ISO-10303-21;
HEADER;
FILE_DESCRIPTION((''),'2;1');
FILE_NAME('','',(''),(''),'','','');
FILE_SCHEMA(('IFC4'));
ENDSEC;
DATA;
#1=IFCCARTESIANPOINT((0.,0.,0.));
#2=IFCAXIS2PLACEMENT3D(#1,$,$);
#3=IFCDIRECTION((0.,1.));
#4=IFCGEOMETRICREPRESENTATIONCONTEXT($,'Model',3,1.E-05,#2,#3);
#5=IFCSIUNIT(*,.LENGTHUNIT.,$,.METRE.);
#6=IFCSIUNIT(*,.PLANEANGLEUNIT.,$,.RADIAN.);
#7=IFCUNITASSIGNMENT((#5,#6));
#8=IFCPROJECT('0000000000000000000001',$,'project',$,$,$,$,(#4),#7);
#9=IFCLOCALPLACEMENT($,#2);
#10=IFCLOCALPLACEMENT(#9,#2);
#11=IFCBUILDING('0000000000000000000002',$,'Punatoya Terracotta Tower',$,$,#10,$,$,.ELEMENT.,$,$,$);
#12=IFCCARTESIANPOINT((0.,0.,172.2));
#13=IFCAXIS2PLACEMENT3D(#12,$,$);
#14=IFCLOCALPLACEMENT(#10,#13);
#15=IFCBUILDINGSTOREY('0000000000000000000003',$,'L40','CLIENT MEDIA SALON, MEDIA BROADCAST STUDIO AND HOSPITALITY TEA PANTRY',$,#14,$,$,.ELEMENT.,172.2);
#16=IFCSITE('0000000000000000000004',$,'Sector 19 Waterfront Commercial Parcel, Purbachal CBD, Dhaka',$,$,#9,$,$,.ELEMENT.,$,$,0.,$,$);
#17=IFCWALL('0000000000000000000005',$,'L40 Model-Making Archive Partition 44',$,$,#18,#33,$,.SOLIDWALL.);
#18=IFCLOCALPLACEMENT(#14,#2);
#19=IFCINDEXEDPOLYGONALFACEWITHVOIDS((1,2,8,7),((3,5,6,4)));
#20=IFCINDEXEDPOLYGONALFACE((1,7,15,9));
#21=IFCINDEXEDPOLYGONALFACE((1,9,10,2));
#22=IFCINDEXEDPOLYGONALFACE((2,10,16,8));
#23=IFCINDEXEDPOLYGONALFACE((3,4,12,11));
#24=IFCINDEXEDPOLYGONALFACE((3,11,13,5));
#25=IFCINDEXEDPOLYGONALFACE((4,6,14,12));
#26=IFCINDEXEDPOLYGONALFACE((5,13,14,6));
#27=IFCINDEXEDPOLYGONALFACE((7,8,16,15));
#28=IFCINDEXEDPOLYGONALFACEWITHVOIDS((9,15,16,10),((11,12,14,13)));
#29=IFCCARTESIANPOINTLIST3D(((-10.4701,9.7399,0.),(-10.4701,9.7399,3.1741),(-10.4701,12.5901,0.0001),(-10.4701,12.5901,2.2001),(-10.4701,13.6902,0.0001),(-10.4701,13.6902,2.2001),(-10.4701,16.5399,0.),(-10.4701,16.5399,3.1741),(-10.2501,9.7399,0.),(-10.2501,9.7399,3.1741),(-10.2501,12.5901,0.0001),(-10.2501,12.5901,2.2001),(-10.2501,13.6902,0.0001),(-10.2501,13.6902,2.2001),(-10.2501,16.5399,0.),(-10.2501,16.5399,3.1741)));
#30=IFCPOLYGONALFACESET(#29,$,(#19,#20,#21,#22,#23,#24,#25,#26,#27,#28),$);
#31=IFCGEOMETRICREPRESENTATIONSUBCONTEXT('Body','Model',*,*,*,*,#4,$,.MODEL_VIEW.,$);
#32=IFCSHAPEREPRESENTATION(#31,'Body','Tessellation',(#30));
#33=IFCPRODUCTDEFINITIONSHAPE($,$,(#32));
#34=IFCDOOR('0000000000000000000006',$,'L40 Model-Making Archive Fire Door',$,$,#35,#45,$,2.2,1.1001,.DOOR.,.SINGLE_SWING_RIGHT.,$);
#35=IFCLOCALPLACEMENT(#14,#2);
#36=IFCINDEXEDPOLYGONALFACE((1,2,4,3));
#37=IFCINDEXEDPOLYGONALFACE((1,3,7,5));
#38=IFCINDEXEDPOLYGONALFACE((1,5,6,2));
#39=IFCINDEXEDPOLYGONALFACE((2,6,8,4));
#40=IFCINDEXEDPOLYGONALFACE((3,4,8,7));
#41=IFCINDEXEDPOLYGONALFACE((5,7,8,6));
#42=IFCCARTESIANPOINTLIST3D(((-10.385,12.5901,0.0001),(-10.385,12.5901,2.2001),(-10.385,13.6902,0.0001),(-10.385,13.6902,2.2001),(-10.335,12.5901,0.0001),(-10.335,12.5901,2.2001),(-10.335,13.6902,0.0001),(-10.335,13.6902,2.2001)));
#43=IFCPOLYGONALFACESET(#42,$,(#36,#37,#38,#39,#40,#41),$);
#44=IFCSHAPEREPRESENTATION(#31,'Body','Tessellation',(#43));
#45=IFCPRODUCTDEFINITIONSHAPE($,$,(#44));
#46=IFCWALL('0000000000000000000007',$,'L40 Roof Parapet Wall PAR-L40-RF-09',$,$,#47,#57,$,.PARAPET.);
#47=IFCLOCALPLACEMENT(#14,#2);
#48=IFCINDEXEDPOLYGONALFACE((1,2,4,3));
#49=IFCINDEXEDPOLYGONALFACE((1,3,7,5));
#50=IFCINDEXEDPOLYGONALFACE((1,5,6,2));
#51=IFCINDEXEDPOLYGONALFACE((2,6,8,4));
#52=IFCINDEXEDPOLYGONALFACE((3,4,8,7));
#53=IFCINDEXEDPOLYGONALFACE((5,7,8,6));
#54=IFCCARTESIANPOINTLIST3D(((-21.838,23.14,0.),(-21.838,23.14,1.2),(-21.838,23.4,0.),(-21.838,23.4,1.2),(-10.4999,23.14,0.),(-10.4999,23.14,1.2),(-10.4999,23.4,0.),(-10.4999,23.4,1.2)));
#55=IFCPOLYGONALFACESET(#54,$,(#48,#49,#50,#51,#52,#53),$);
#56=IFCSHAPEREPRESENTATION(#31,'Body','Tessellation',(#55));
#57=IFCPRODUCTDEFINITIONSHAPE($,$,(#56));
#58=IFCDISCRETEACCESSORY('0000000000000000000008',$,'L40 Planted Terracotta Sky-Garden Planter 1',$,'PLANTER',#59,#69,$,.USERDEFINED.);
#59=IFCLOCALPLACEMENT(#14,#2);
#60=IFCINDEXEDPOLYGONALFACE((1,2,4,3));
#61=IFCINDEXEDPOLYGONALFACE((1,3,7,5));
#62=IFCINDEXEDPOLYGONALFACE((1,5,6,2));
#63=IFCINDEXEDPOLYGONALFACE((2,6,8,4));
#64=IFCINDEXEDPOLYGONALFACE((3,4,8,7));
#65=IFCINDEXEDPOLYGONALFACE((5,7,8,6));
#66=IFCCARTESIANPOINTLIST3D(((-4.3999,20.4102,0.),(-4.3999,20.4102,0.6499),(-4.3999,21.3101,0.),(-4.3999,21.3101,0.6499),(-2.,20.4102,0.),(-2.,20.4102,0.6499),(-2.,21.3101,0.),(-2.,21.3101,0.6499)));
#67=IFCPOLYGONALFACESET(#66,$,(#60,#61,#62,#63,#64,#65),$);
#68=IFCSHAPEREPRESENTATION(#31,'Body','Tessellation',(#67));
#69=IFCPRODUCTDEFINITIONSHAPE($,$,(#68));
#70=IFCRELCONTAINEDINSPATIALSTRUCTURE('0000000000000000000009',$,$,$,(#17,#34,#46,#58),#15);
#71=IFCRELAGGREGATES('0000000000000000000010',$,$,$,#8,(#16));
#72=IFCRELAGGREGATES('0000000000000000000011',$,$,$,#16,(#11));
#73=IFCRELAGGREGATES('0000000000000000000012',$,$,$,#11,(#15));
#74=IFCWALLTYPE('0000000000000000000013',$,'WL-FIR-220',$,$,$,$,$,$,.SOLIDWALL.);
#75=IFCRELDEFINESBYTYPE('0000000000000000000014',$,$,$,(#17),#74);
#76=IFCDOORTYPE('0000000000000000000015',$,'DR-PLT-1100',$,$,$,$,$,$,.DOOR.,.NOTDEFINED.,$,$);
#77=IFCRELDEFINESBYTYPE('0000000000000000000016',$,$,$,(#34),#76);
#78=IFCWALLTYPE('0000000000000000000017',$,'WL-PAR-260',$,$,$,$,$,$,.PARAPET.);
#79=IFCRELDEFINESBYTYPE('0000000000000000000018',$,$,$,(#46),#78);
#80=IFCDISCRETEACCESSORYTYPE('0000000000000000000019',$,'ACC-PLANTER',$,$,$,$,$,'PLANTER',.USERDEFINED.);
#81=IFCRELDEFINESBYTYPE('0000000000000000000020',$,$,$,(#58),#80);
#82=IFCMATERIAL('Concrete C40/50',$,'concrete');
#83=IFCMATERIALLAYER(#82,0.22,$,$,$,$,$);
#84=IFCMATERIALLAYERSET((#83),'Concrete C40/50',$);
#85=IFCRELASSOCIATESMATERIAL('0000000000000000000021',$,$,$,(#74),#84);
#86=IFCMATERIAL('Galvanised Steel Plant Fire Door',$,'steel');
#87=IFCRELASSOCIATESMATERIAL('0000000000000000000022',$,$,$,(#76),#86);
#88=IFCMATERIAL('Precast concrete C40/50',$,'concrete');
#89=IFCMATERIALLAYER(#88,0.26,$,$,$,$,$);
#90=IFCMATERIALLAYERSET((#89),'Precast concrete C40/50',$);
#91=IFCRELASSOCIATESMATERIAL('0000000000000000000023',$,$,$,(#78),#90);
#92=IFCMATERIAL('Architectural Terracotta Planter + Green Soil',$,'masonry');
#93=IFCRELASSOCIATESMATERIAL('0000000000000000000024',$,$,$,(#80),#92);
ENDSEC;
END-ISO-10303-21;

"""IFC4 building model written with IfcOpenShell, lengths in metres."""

from ifc_helpers import new_model, si_unit, direction, frame, frame_2d, origin, origin_2d, place, context, subcontext, project, spatial, rectangle, extrude, material, layer, layer_set, type_object, element, fill, save


model = new_model("IFC4")

# Units and contexts
model_context = context("Model", 3, precision=1e-05, world=origin(), true_north=direction((0.0, 1.0)))
body_context = subcontext(model_context, "Body", "Model", "MODEL_VIEW")
ifc_project = project(units=[si_unit("LENGTHUNIT", "METRE"), si_unit("PLANEANGLEUNIT", "RADIAN")], contexts=[model_context])

# Site, building, storey
site_placement = place(None, origin())
site = spatial("IfcSite", under=ifc_project, at=site_placement, Name="Sector 19 Waterfront Commercial Parcel, Purbachal CBD, Dhaka", CompositionType="ELEMENT", RefElevation=0.0)
building_placement = place(site_placement, origin())
building = spatial("IfcBuilding", under=site, at=building_placement, Name="Punatoya Terracotta Tower", CompositionType="ELEMENT")
storey_placement = place(building_placement, frame((0.0, 0.0, 172.2)))
storey = spatial("IfcBuildingStorey", under=building, at=storey_placement, Name="L40", Description="CLIENT MEDIA SALON, MEDIA BROADCAST STUDIO AND HOSPITALITY TEA PANTRY", CompositionType="ELEMENT", Elevation=172.2)

# Shared definitions
ifc_material_1 = material(Name="Concrete C40/50", Category="concrete")
ifc_layer_1 = layer(ifc_material_1, 0.22)
ifc_layer_set_1 = layer_set([ifc_layer_1], Name="Concrete C40/50")
wall_type_1 = type_object("IfcWallType", Name="WL-FIR-220", PredefinedType="SOLIDWALL", material=ifc_layer_set_1)

# Wall, opening, door
wall_1_placement = place(storey_placement, frame((-10.3601, 9.74, 0.0), z_axis=(0.0, 0.0, 1.0), x_axis=(0.0, 1.0, 0.0)))
wall_1 = element("IfcWall", 1, at=wall_1_placement, inside=storey, type_object=wall_type_1, Name="L40 Model-Making Archive Partition 44", PredefinedType="SOLIDWALL", context=body_context, shape_type="SweptSolid", body=[
    extrude(rectangle(XDim=6.8, YDim=0.22, at=frame_2d((3.3999, 0.0))), origin(), (0.0, 0.0, 1.0), 3.1741),
])
opening_1_placement = place(wall_1_placement, frame((2.8501, 0.0, 0.0)))
opening_1 = element("IfcOpeningElement", 2, at=opening_1_placement, cuts=wall_1, PredefinedType="OPENING", context=body_context, shape_type="SweptSolid", body=[
    extrude(rectangle(XDim=1.1001, YDim=2.2, at=frame_2d((0.55, 1.1001))), frame((0.0, 0.1199, 0.0), z_axis=(0.0, -1.0, 0.0), x_axis=(1.0, 0.0, 0.0)), (0.0, 0.0, 1.0), 0.24),
])
ifc_material_2 = material(Name="Galvanised Steel Plant Fire Door", Category="steel")
door_type_1 = type_object("IfcDoorType", Name="DR-PLT-1100", OperationType="NOTDEFINED", PredefinedType="DOOR", material=ifc_material_2)
door_1_placement = place(opening_1_placement, origin())
door_1 = element("IfcDoor", 3, at=door_1_placement, inside=storey, type_object=door_type_1, Name="L40 Model-Making Archive Fire Door", OperationType="SINGLE_SWING_RIGHT", OverallHeight=2.2, OverallWidth=1.1001, PredefinedType="DOOR", context=body_context, shape_type="SweptSolid", body=[
    extrude(rectangle(XDim=1.1001, YDim=2.2, at=frame_2d((0.55, 1.1001))), frame((0.0, 0.0249, 0.0), z_axis=(0.0, -1.0, 0.0), x_axis=(1.0, 0.0, 0.0)), (0.0, 0.0, 1.0), 0.05),
])
fill(opening_1, door_1)

# Wall
ifc_material_3 = material(Name="Precast concrete C40/50", Category="concrete")
ifc_layer_2 = layer(ifc_material_3, 0.26)
ifc_layer_set_2 = layer_set([ifc_layer_2], Name="Precast concrete C40/50")
wall_type_2 = type_object("IfcWallType", Name="WL-PAR-260", PredefinedType="PARAPET", material=ifc_layer_set_2)
wall_2_placement = place(storey_placement, frame((-10.5, 23.27, 0.0), z_axis=(0.0, 0.0, 1.0), x_axis=(-1.0, 0.0, 0.0)))
element("IfcWall", 4, at=wall_2_placement, inside=storey, type_object=wall_type_2, Name="L40 Roof Parapet Wall PAR-L40-RF-09", PredefinedType="PARAPET", context=body_context, shape_type="SweptSolid", body=[
    extrude(rectangle(XDim=11.3381, YDim=0.26, at=frame_2d((5.6689, 0.0))), origin(), (0.0, 0.0, 1.0), 1.2),
])

# Discrete accessory
ifc_material_4 = material(Name="Architectural Terracotta Planter + Green Soil", Category="masonry")
discrete_accessory_type = type_object("IfcDiscreteAccessoryType", Name="ACC-PLANTER", ElementType="PLANTER", PredefinedType="USERDEFINED", material=ifc_material_4)
discrete_accessory_placement = place(storey_placement, frame((-3.2, 20.8601, 0.0), z_axis=(0.0, 0.0, 1.0), x_axis=(1.0, 0.0, 0.0)))
element("IfcDiscreteAccessory", 5, at=discrete_accessory_placement, inside=storey, type_object=discrete_accessory_type, Name="L40 Planted Terracotta Sky-Garden Planter 1", ObjectType="PLANTER", PredefinedType="USERDEFINED", context=body_context, shape_type="SweptSolid", body=[
    extrude(rectangle(XDim=2.3999, YDim=0.8999, at=origin_2d()), origin(), (0.0, 0.0, 1.0), 0.6499),
])

save(model, "model.ifc")
